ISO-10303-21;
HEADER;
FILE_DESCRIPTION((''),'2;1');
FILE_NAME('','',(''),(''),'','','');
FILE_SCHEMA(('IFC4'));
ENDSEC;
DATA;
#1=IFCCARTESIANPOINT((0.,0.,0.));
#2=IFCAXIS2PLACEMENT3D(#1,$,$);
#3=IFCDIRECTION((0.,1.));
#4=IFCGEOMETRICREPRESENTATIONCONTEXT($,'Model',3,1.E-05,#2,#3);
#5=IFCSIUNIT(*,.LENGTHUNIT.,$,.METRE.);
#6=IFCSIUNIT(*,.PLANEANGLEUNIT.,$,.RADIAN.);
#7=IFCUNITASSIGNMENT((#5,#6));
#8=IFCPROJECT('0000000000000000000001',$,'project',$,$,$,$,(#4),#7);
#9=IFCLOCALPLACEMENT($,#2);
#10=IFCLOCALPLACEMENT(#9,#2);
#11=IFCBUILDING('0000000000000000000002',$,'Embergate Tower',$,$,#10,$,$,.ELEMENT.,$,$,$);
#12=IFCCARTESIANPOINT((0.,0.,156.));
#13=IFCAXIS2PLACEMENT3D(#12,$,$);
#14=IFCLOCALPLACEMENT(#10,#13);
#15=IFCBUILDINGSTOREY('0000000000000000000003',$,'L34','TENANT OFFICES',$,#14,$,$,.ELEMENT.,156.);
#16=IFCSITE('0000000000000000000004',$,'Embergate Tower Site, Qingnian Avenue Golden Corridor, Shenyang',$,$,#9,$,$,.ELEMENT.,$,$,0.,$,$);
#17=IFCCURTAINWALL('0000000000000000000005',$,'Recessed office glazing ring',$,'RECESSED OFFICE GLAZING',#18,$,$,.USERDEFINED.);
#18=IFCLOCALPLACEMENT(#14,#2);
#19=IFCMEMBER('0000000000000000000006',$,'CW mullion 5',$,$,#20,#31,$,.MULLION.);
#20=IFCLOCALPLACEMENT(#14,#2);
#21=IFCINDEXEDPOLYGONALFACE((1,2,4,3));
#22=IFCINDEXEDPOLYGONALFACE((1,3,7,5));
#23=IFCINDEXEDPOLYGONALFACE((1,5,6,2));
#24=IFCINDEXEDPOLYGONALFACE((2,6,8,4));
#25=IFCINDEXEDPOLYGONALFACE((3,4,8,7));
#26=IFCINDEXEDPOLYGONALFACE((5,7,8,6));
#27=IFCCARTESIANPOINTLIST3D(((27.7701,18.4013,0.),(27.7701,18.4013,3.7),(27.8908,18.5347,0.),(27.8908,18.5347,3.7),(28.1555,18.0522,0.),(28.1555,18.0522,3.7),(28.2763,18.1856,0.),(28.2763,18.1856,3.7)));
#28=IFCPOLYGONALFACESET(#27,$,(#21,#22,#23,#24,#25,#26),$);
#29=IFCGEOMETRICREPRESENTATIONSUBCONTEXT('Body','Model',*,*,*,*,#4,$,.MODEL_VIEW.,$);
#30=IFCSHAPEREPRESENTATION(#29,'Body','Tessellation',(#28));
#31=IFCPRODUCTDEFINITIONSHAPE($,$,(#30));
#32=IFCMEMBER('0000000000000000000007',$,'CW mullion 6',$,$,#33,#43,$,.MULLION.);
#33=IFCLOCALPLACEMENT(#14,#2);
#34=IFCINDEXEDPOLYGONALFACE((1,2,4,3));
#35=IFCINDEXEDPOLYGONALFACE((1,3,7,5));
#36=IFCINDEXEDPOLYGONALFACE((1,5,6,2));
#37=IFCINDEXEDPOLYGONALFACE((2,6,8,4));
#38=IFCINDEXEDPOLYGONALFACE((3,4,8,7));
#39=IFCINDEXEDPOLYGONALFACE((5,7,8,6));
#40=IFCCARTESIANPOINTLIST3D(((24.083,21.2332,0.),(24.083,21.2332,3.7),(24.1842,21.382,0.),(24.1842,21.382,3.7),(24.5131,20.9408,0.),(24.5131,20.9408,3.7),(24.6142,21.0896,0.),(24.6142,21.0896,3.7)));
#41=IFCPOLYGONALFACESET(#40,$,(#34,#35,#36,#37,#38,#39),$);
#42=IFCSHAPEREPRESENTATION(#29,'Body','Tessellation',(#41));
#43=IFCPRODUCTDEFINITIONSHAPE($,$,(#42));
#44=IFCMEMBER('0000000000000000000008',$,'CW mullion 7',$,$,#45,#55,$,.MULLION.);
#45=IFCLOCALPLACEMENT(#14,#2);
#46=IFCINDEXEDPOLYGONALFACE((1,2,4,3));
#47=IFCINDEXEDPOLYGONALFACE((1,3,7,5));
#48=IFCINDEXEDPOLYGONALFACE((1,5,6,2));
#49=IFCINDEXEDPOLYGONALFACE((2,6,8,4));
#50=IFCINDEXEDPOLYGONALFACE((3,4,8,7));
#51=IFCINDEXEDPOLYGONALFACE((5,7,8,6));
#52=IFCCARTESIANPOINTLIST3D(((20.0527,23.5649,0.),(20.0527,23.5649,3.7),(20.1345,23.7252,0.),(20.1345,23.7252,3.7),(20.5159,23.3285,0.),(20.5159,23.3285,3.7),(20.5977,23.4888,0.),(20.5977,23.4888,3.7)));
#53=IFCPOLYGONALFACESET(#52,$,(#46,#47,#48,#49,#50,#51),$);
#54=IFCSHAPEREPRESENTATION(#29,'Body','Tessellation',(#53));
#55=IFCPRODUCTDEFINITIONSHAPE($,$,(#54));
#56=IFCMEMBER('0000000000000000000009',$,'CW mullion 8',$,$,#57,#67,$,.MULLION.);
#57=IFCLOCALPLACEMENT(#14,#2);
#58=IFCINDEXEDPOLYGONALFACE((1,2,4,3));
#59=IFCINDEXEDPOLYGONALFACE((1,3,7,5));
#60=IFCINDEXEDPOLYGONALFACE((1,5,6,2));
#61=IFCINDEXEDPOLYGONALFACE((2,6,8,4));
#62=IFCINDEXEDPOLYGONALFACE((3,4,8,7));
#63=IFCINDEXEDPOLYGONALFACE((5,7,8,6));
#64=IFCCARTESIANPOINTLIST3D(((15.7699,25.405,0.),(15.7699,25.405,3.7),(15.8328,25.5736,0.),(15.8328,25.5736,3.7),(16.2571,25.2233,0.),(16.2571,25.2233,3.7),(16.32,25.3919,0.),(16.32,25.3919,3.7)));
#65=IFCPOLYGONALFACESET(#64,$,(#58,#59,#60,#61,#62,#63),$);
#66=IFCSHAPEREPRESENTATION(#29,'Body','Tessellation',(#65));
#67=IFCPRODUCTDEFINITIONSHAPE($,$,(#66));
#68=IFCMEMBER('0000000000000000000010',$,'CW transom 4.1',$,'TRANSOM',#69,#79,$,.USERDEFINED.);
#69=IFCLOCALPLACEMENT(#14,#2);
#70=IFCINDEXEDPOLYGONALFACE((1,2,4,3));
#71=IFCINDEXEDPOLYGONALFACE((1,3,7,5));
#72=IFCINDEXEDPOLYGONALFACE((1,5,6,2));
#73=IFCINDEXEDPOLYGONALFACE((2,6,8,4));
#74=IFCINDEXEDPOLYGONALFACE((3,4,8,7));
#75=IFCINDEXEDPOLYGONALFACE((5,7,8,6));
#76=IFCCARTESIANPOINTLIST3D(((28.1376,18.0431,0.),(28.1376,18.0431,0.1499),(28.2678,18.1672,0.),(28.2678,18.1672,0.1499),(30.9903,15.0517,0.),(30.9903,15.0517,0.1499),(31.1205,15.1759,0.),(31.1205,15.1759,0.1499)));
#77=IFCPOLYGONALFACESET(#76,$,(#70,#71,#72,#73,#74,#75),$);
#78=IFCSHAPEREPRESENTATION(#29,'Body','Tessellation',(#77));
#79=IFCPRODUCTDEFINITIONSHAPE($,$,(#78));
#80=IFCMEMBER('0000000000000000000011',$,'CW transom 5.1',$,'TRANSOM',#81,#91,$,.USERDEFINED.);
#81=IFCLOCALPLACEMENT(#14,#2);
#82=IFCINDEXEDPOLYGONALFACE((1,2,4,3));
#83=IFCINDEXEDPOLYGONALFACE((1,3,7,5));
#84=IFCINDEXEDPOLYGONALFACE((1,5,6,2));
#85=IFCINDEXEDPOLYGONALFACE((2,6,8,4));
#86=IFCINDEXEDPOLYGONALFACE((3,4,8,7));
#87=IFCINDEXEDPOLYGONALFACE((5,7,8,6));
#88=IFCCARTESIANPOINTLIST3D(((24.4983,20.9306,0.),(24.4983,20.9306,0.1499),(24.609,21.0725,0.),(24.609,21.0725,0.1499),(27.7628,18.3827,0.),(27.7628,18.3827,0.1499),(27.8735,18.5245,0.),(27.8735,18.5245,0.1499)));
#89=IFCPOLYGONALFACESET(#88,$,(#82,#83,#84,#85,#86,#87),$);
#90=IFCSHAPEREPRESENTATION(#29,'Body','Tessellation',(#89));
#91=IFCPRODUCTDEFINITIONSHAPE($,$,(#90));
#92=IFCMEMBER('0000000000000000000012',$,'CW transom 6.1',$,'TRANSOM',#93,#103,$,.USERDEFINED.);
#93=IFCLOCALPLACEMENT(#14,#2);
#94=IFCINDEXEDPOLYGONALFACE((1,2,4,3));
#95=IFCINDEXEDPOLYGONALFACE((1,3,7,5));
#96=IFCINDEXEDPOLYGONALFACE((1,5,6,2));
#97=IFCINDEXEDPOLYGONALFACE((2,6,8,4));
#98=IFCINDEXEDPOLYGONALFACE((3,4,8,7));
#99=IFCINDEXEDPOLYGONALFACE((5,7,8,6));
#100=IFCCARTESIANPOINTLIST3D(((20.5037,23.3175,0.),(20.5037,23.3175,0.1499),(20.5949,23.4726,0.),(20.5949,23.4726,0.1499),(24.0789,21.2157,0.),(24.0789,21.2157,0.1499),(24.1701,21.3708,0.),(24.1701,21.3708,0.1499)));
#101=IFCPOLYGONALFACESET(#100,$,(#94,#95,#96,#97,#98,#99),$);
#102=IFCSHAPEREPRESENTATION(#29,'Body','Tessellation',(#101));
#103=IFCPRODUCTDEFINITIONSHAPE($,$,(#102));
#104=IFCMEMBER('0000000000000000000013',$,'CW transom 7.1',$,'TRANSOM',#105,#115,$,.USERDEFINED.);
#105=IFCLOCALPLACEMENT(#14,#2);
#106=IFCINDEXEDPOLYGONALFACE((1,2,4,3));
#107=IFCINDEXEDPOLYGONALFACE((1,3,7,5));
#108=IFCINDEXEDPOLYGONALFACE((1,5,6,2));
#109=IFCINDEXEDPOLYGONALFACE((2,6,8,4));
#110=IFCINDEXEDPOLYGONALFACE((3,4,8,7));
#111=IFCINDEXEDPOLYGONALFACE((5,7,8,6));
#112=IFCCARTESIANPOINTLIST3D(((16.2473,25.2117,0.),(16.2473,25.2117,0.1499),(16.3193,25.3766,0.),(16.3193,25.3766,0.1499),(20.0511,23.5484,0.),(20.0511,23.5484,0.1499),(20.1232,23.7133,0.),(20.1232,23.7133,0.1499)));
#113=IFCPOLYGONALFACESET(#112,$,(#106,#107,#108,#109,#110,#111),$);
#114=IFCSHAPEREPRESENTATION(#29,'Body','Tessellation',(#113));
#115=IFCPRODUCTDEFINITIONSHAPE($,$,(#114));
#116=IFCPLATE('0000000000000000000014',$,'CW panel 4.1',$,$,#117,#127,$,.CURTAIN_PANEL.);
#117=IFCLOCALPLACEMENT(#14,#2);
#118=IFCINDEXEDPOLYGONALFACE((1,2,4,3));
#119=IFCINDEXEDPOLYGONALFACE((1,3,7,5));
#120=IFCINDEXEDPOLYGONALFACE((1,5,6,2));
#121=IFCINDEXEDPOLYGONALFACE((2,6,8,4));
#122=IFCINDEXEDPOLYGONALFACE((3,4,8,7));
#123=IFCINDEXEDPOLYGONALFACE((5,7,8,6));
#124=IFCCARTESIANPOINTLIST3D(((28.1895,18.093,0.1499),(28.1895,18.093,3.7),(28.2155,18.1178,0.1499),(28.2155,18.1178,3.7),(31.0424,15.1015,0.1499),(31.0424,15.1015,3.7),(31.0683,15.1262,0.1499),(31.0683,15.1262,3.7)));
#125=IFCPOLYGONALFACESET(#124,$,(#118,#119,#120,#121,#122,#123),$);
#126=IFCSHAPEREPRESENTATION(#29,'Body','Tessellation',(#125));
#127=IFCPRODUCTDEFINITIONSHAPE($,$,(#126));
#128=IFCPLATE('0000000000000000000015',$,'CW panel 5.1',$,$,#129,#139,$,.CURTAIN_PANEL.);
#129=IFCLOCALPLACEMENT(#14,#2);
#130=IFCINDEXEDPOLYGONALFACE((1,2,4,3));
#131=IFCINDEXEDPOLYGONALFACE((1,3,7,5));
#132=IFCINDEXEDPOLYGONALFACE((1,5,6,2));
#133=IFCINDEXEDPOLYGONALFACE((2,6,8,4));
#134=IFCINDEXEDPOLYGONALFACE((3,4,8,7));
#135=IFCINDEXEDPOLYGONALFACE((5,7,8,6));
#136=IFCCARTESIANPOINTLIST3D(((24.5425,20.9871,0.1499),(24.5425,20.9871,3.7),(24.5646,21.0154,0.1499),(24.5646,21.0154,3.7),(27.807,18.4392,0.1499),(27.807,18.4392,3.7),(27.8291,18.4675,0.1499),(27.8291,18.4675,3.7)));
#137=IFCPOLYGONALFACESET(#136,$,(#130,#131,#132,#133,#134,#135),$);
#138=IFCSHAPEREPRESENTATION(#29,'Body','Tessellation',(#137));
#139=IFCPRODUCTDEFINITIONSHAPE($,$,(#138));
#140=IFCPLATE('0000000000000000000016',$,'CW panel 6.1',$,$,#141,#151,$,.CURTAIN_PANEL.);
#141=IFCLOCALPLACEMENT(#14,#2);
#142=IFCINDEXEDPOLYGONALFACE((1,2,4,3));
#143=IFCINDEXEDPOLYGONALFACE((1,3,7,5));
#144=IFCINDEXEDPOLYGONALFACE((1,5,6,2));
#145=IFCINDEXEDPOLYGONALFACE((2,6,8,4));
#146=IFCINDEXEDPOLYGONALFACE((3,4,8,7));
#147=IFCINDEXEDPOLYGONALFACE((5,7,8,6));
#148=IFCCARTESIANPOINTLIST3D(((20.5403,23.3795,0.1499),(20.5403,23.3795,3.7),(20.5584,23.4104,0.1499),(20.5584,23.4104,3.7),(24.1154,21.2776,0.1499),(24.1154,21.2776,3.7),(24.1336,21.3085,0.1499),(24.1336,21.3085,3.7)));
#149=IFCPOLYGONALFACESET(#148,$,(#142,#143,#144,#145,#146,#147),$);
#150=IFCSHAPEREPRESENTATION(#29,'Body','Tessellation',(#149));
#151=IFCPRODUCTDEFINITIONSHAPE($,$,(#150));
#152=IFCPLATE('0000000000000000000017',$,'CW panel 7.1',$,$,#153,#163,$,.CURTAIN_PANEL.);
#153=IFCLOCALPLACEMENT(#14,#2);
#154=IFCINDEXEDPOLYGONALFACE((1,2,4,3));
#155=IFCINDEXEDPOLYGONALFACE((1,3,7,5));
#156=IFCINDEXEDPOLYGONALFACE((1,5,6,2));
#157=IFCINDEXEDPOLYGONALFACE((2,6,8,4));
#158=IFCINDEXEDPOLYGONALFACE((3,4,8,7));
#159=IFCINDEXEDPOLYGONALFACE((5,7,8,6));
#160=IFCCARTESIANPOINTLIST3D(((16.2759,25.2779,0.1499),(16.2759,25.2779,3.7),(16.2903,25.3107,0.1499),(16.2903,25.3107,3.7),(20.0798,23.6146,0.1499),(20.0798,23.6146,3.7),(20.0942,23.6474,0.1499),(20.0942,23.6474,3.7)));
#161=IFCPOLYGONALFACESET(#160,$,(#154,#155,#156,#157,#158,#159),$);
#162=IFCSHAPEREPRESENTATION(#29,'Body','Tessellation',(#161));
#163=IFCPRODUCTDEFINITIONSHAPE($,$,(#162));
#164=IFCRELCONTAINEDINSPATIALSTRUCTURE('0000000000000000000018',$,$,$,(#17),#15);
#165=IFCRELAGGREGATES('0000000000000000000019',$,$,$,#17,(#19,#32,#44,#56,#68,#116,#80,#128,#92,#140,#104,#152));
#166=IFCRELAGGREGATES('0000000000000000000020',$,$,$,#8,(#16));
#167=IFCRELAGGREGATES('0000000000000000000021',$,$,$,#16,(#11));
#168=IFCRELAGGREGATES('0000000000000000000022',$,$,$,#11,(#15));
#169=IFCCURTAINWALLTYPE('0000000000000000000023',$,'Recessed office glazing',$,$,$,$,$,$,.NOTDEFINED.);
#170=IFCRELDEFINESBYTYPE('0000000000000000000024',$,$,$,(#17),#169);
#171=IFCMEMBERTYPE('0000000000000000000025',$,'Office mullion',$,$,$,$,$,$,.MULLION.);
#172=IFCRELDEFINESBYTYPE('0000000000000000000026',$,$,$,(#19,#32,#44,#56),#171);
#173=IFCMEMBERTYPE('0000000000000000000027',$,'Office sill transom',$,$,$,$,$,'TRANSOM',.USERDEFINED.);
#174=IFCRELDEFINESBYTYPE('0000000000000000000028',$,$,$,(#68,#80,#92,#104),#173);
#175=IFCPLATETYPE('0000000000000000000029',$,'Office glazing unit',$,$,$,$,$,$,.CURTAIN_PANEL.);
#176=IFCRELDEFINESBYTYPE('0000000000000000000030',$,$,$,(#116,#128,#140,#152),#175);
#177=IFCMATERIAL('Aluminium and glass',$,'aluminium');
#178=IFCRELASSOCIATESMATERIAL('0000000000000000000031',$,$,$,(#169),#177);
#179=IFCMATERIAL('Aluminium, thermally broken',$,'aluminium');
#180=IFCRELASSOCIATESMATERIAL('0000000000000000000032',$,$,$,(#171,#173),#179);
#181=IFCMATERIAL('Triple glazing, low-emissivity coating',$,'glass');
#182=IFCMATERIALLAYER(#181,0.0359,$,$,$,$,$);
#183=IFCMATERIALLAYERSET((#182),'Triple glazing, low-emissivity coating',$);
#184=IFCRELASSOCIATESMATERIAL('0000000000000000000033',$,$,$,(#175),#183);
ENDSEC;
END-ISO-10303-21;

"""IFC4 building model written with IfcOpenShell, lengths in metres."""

from ifc_helpers import new_model, si_unit, direction, frame, origin, origin_2d, place, context, subcontext, project, spatial, rectangle, extrude, source, transform, mapped, material, layer, layer_set, material_profile, profile_set, type_object, element, aggregate, save


model = new_model("IFC4")

# Units and contexts
model_context = context("Model", 3, precision=1e-05, world=origin(), true_north=direction((0.0, 1.0)))
body_context = subcontext(model_context, "Body", "Model", "MODEL_VIEW")
ifc_project = project(units=[si_unit("LENGTHUNIT", "METRE"), si_unit("PLANEANGLEUNIT", "RADIAN")], contexts=[model_context])

# Site, building, storey
site_placement = place(None, origin())
site = spatial("IfcSite", under=ifc_project, at=site_placement, Name="Embergate Tower Site, Qingnian Avenue Golden Corridor, Shenyang", CompositionType="ELEMENT", RefElevation=0.0)
building_placement = place(site_placement, origin())
building = spatial("IfcBuilding", under=site, at=building_placement, Name="Embergate Tower", CompositionType="ELEMENT")
storey_placement = place(building_placement, frame((0.0, 0.0, 156.0)))
storey = spatial("IfcBuildingStorey", under=building, at=storey_placement, Name="L34", Description="TENANT OFFICES", CompositionType="ELEMENT", Elevation=156.0)

# Curtain wall, members, plates
ifc_material_1 = material(Name="Aluminium and glass", Category="aluminium")
curtain_wall_type = type_object("IfcCurtainWallType", Name="Recessed office glazing", PredefinedType="NOTDEFINED", material=ifc_material_1)
curtain_wall_placement = place(storey_placement, origin())
curtain_wall = element("IfcCurtainWall", 1, at=curtain_wall_placement, inside=storey, type_object=curtain_wall_type, Name="Recessed office glazing ring", ObjectType="RECESSED OFFICE GLAZING", PredefinedType="USERDEFINED")
ifc_material_2 = material(Name="Aluminium, thermally broken", Category="aluminium")
ifc_material_profile_1 = material_profile(ifc_material_2, rectangle(XDim=0.1799, YDim=0.52, at=origin_2d()), Name="AL 520x180")
ifc_profile_set_1 = profile_set([ifc_material_profile_1], Name="Aluminium, thermally broken")
member_type_1 = type_object("IfcMemberType", Name="Office mullion", PredefinedType="MULLION", material=ifc_profile_set_1)
shared_shape_1 = source(origin(), body_context, "Body", "SweptSolid", [
    extrude(rectangle(XDim=0.1799, YDim=0.52, at=origin_2d()), origin(), (0.0, 0.0, 1.0), 3.7),
])
member_1_placement = place(storey_placement, frame((28.0232, 18.2935, 0.0), z_axis=(0.0, 0.0, 1.0), x_axis=(-0.671227, -0.741252, 0.0)))
member_1 = element("IfcMember", 2, at=member_1_placement, type_object=member_type_1, Name="CW mullion 5", PredefinedType="MULLION", context=body_context, shape_type="MappedRepresentation", body=[
    mapped(shared_shape_1, transform((0.0, 0.0, 0.0))),
])
member_2_placement = place(storey_placement, frame((24.3486, 21.1614, 0.0), z_axis=(0.0, 0.0, 1.0), x_axis=(-0.562218, -0.826989, 0.0)))
member_2 = element("IfcMember", 3, at=member_2_placement, type_object=member_type_1, Name="CW mullion 6", PredefinedType="MULLION", context=body_context, shape_type="MappedRepresentation", body=[
    mapped(shared_shape_1, transform((0.0, 0.0, 0.0))),
])
member_3_placement = place(storey_placement, frame((20.3252, 23.5269, 0.0), z_axis=(0.0, 0.0, 1.0), x_axis=(-0.454511, -0.890741, 0.0)))
member_3 = element("IfcMember", 4, at=member_3_placement, type_object=member_type_1, Name="CW mullion 7", PredefinedType="MULLION", context=body_context, shape_type="MappedRepresentation", body=[
    mapped(shared_shape_1, transform((0.0, 0.0, 0.0))),
])
member_4_placement = place(storey_placement, frame((16.0449, 25.3984, 0.0), z_axis=(0.0, 0.0, 1.0), x_axis=(-0.349503, -0.936935, 0.0)))
member_4 = element("IfcMember", 5, at=member_4_placement, type_object=member_type_1, Name="CW mullion 8", PredefinedType="MULLION", context=body_context, shape_type="MappedRepresentation", body=[
    mapped(shared_shape_1, transform((0.0, 0.0, 0.0))),
])
ifc_material_profile_2 = material_profile(ifc_material_2, rectangle(XDim=0.1799, YDim=0.1499, at=origin_2d()), Name="AL 150x180")
ifc_profile_set_2 = profile_set([ifc_material_profile_2], Name="Aluminium, thermally broken")
member_type_2 = type_object("IfcMemberType", Name="Office sill transom", ElementType="TRANSOM", PredefinedType="USERDEFINED", material=ifc_profile_set_2)
shared_shape_2 = source(origin(), body_context, "Body", "SweptSolid", [
    extrude(rectangle(XDim=0.1799, YDim=0.1499, at=origin_2d()), origin(), (0.0, 0.0, 1.0), 4.1335),
])
member_5_placement = place(storey_placement, frame((31.0554, 15.1138, 0.075), z_axis=(-0.690134, 0.723681, 0.0), x_axis=(-0.723681, -0.690134, 0.0)))
member_5 = element("IfcMember", 6, at=member_5_placement, type_object=member_type_2, Name="CW transom 4.1", ObjectType="TRANSOM", PredefinedType="USERDEFINED", context=body_context, shape_type="MappedRepresentation", body=[
    mapped(shared_shape_2, transform((0.0, 0.0, 0.0))),
])
shared_shape_3 = source(origin(), body_context, "Body", "SweptSolid", [
    extrude(rectangle(XDim=0.1799, YDim=0.1499, at=origin_2d()), origin(), (0.0, 0.0, 1.0), 4.1411),
])
member_6_placement = place(storey_placement, frame((27.8181, 18.4536, 0.075), z_axis=(-0.788313, 0.615274, 0.0), x_axis=(-0.615274, -0.788313, 0.0)))
member_6 = element("IfcMember", 7, at=member_6_placement, type_object=member_type_2, Name="CW transom 5.1", ObjectType="TRANSOM", PredefinedType="USERDEFINED", context=body_context, shape_type="MappedRepresentation", body=[
    mapped(shared_shape_3, transform((0.0, 0.0, 0.0))),
])
shared_shape_4 = source(origin(), body_context, "Body", "SweptSolid", [
    extrude(rectangle(XDim=0.1799, YDim=0.1499, at=origin_2d()), origin(), (0.0, 0.0, 1.0), 4.1472),
])
member_7_placement = place(storey_placement, frame((24.1245, 21.2932, 0.075), z_axis=(-0.862066, 0.506796, 0.0), x_axis=(-0.506796, -0.862066, 0.0)))
member_7 = element("IfcMember", 8, at=member_7_placement, type_object=member_type_2, Name="CW transom 6.1", ObjectType="TRANSOM", PredefinedType="USERDEFINED", context=body_context, shape_type="MappedRepresentation", body=[
    mapped(shared_shape_4, transform((0.0, 0.0, 0.0))),
])
shared_shape_5 = source(origin(), body_context, "Body", "SweptSolid", [
    extrude(rectangle(XDim=0.1799, YDim=0.1499, at=origin_2d()), origin(), (0.0, 0.0, 1.0), 4.1516),
])
member_8_placement = place(storey_placement, frame((20.0872, 23.6309, 0.075), z_axis=(-0.916237, 0.400637, 0.0), x_axis=(-0.400637, -0.916237, 0.0)))
member_8 = element("IfcMember", 9, at=member_8_placement, type_object=member_type_2, Name="CW transom 7.1", ObjectType="TRANSOM", PredefinedType="USERDEFINED", context=body_context, shape_type="MappedRepresentation", body=[
    mapped(shared_shape_5, transform((0.0, 0.0, 0.0))),
])
ifc_material_3 = material(Name="Triple glazing, low-emissivity coating", Category="glass")
ifc_layer = layer(ifc_material_3, 0.0359)
ifc_layer_set = layer_set([ifc_layer], Name="Triple glazing, low-emissivity coating")
plate_type = type_object("IfcPlateType", Name="Office glazing unit", PredefinedType="CURTAIN_PANEL", material=ifc_layer_set)
shared_shape_6 = source(origin(), body_context, "Body", "SweptSolid", [
    extrude(rectangle(XDim=4.1338, YDim=0.0359, at=origin_2d()), origin(), (0.0, 0.0, 1.0), 3.55),
])
plate_1_placement = place(storey_placement, frame((29.6289, 16.6096, 0.1499), z_axis=(0.0, 0.0, 1.0), x_axis=(-0.690135, 0.723681, 0.0)))
plate_1 = element("IfcPlate", 10, at=plate_1_placement, type_object=plate_type, Name="CW panel 4.1", PredefinedType="CURTAIN_PANEL", context=body_context, shape_type="MappedRepresentation", body=[
    mapped(shared_shape_6, transform((0.0, 0.0, 0.0))),
])
shared_shape_7 = source(origin(), body_context, "Body", "SweptSolid", [
    extrude(rectangle(XDim=4.1411, YDim=0.0359, at=origin_2d()), origin(), (0.0, 0.0, 1.0), 3.55),
])
plate_2_placement = place(storey_placement, frame((26.1858, 19.7273, 0.1499), z_axis=(0.0, 0.0, 1.0), x_axis=(-0.78832, 0.615265, 0.0)))
plate_2 = element("IfcPlate", 11, at=plate_2_placement, type_object=plate_type, Name="CW panel 5.1", PredefinedType="CURTAIN_PANEL", context=body_context, shape_type="MappedRepresentation", body=[
    mapped(shared_shape_7, transform((0.0, 0.0, 0.0))),
])
shared_shape_8 = source(origin(), body_context, "Body", "SweptSolid", [
    extrude(rectangle(XDim=4.1472, YDim=0.0359, at=origin_2d()), origin(), (0.0, 0.0, 1.0), 3.55),
])
plate_3_placement = place(storey_placement, frame((22.3369, 22.344, 0.1499), z_axis=(0.0, 0.0, 1.0), x_axis=(-0.862053, 0.506818, 0.0)))
plate_3 = element("IfcPlate", 12, at=plate_3_placement, type_object=plate_type, Name="CW panel 6.1", PredefinedType="CURTAIN_PANEL", context=body_context, shape_type="MappedRepresentation", body=[
    mapped(shared_shape_8, transform((0.0, 0.0, 0.0))),
])
shared_shape_9 = source(origin(), body_context, "Body", "SweptSolid", [
    extrude(rectangle(XDim=4.1516, YDim=0.0359, at=origin_2d()), origin(), (0.0, 0.0, 1.0), 3.55),
])
plate_4_placement = place(storey_placement, frame((18.1851, 24.4626, 0.1499), z_axis=(0.0, 0.0, 1.0), x_axis=(-0.916236, 0.400638, 0.0)))
plate_4 = element("IfcPlate", 13, at=plate_4_placement, type_object=plate_type, Name="CW panel 7.1", PredefinedType="CURTAIN_PANEL", context=body_context, shape_type="MappedRepresentation", body=[
    mapped(shared_shape_9, transform((0.0, 0.0, 0.0))),
])
aggregate(curtain_wall, [member_1, member_2, member_3, member_4, member_5, plate_1, member_6, plate_2, member_7, plate_3, member_8, plate_4])

save(model, "model.ifc")
